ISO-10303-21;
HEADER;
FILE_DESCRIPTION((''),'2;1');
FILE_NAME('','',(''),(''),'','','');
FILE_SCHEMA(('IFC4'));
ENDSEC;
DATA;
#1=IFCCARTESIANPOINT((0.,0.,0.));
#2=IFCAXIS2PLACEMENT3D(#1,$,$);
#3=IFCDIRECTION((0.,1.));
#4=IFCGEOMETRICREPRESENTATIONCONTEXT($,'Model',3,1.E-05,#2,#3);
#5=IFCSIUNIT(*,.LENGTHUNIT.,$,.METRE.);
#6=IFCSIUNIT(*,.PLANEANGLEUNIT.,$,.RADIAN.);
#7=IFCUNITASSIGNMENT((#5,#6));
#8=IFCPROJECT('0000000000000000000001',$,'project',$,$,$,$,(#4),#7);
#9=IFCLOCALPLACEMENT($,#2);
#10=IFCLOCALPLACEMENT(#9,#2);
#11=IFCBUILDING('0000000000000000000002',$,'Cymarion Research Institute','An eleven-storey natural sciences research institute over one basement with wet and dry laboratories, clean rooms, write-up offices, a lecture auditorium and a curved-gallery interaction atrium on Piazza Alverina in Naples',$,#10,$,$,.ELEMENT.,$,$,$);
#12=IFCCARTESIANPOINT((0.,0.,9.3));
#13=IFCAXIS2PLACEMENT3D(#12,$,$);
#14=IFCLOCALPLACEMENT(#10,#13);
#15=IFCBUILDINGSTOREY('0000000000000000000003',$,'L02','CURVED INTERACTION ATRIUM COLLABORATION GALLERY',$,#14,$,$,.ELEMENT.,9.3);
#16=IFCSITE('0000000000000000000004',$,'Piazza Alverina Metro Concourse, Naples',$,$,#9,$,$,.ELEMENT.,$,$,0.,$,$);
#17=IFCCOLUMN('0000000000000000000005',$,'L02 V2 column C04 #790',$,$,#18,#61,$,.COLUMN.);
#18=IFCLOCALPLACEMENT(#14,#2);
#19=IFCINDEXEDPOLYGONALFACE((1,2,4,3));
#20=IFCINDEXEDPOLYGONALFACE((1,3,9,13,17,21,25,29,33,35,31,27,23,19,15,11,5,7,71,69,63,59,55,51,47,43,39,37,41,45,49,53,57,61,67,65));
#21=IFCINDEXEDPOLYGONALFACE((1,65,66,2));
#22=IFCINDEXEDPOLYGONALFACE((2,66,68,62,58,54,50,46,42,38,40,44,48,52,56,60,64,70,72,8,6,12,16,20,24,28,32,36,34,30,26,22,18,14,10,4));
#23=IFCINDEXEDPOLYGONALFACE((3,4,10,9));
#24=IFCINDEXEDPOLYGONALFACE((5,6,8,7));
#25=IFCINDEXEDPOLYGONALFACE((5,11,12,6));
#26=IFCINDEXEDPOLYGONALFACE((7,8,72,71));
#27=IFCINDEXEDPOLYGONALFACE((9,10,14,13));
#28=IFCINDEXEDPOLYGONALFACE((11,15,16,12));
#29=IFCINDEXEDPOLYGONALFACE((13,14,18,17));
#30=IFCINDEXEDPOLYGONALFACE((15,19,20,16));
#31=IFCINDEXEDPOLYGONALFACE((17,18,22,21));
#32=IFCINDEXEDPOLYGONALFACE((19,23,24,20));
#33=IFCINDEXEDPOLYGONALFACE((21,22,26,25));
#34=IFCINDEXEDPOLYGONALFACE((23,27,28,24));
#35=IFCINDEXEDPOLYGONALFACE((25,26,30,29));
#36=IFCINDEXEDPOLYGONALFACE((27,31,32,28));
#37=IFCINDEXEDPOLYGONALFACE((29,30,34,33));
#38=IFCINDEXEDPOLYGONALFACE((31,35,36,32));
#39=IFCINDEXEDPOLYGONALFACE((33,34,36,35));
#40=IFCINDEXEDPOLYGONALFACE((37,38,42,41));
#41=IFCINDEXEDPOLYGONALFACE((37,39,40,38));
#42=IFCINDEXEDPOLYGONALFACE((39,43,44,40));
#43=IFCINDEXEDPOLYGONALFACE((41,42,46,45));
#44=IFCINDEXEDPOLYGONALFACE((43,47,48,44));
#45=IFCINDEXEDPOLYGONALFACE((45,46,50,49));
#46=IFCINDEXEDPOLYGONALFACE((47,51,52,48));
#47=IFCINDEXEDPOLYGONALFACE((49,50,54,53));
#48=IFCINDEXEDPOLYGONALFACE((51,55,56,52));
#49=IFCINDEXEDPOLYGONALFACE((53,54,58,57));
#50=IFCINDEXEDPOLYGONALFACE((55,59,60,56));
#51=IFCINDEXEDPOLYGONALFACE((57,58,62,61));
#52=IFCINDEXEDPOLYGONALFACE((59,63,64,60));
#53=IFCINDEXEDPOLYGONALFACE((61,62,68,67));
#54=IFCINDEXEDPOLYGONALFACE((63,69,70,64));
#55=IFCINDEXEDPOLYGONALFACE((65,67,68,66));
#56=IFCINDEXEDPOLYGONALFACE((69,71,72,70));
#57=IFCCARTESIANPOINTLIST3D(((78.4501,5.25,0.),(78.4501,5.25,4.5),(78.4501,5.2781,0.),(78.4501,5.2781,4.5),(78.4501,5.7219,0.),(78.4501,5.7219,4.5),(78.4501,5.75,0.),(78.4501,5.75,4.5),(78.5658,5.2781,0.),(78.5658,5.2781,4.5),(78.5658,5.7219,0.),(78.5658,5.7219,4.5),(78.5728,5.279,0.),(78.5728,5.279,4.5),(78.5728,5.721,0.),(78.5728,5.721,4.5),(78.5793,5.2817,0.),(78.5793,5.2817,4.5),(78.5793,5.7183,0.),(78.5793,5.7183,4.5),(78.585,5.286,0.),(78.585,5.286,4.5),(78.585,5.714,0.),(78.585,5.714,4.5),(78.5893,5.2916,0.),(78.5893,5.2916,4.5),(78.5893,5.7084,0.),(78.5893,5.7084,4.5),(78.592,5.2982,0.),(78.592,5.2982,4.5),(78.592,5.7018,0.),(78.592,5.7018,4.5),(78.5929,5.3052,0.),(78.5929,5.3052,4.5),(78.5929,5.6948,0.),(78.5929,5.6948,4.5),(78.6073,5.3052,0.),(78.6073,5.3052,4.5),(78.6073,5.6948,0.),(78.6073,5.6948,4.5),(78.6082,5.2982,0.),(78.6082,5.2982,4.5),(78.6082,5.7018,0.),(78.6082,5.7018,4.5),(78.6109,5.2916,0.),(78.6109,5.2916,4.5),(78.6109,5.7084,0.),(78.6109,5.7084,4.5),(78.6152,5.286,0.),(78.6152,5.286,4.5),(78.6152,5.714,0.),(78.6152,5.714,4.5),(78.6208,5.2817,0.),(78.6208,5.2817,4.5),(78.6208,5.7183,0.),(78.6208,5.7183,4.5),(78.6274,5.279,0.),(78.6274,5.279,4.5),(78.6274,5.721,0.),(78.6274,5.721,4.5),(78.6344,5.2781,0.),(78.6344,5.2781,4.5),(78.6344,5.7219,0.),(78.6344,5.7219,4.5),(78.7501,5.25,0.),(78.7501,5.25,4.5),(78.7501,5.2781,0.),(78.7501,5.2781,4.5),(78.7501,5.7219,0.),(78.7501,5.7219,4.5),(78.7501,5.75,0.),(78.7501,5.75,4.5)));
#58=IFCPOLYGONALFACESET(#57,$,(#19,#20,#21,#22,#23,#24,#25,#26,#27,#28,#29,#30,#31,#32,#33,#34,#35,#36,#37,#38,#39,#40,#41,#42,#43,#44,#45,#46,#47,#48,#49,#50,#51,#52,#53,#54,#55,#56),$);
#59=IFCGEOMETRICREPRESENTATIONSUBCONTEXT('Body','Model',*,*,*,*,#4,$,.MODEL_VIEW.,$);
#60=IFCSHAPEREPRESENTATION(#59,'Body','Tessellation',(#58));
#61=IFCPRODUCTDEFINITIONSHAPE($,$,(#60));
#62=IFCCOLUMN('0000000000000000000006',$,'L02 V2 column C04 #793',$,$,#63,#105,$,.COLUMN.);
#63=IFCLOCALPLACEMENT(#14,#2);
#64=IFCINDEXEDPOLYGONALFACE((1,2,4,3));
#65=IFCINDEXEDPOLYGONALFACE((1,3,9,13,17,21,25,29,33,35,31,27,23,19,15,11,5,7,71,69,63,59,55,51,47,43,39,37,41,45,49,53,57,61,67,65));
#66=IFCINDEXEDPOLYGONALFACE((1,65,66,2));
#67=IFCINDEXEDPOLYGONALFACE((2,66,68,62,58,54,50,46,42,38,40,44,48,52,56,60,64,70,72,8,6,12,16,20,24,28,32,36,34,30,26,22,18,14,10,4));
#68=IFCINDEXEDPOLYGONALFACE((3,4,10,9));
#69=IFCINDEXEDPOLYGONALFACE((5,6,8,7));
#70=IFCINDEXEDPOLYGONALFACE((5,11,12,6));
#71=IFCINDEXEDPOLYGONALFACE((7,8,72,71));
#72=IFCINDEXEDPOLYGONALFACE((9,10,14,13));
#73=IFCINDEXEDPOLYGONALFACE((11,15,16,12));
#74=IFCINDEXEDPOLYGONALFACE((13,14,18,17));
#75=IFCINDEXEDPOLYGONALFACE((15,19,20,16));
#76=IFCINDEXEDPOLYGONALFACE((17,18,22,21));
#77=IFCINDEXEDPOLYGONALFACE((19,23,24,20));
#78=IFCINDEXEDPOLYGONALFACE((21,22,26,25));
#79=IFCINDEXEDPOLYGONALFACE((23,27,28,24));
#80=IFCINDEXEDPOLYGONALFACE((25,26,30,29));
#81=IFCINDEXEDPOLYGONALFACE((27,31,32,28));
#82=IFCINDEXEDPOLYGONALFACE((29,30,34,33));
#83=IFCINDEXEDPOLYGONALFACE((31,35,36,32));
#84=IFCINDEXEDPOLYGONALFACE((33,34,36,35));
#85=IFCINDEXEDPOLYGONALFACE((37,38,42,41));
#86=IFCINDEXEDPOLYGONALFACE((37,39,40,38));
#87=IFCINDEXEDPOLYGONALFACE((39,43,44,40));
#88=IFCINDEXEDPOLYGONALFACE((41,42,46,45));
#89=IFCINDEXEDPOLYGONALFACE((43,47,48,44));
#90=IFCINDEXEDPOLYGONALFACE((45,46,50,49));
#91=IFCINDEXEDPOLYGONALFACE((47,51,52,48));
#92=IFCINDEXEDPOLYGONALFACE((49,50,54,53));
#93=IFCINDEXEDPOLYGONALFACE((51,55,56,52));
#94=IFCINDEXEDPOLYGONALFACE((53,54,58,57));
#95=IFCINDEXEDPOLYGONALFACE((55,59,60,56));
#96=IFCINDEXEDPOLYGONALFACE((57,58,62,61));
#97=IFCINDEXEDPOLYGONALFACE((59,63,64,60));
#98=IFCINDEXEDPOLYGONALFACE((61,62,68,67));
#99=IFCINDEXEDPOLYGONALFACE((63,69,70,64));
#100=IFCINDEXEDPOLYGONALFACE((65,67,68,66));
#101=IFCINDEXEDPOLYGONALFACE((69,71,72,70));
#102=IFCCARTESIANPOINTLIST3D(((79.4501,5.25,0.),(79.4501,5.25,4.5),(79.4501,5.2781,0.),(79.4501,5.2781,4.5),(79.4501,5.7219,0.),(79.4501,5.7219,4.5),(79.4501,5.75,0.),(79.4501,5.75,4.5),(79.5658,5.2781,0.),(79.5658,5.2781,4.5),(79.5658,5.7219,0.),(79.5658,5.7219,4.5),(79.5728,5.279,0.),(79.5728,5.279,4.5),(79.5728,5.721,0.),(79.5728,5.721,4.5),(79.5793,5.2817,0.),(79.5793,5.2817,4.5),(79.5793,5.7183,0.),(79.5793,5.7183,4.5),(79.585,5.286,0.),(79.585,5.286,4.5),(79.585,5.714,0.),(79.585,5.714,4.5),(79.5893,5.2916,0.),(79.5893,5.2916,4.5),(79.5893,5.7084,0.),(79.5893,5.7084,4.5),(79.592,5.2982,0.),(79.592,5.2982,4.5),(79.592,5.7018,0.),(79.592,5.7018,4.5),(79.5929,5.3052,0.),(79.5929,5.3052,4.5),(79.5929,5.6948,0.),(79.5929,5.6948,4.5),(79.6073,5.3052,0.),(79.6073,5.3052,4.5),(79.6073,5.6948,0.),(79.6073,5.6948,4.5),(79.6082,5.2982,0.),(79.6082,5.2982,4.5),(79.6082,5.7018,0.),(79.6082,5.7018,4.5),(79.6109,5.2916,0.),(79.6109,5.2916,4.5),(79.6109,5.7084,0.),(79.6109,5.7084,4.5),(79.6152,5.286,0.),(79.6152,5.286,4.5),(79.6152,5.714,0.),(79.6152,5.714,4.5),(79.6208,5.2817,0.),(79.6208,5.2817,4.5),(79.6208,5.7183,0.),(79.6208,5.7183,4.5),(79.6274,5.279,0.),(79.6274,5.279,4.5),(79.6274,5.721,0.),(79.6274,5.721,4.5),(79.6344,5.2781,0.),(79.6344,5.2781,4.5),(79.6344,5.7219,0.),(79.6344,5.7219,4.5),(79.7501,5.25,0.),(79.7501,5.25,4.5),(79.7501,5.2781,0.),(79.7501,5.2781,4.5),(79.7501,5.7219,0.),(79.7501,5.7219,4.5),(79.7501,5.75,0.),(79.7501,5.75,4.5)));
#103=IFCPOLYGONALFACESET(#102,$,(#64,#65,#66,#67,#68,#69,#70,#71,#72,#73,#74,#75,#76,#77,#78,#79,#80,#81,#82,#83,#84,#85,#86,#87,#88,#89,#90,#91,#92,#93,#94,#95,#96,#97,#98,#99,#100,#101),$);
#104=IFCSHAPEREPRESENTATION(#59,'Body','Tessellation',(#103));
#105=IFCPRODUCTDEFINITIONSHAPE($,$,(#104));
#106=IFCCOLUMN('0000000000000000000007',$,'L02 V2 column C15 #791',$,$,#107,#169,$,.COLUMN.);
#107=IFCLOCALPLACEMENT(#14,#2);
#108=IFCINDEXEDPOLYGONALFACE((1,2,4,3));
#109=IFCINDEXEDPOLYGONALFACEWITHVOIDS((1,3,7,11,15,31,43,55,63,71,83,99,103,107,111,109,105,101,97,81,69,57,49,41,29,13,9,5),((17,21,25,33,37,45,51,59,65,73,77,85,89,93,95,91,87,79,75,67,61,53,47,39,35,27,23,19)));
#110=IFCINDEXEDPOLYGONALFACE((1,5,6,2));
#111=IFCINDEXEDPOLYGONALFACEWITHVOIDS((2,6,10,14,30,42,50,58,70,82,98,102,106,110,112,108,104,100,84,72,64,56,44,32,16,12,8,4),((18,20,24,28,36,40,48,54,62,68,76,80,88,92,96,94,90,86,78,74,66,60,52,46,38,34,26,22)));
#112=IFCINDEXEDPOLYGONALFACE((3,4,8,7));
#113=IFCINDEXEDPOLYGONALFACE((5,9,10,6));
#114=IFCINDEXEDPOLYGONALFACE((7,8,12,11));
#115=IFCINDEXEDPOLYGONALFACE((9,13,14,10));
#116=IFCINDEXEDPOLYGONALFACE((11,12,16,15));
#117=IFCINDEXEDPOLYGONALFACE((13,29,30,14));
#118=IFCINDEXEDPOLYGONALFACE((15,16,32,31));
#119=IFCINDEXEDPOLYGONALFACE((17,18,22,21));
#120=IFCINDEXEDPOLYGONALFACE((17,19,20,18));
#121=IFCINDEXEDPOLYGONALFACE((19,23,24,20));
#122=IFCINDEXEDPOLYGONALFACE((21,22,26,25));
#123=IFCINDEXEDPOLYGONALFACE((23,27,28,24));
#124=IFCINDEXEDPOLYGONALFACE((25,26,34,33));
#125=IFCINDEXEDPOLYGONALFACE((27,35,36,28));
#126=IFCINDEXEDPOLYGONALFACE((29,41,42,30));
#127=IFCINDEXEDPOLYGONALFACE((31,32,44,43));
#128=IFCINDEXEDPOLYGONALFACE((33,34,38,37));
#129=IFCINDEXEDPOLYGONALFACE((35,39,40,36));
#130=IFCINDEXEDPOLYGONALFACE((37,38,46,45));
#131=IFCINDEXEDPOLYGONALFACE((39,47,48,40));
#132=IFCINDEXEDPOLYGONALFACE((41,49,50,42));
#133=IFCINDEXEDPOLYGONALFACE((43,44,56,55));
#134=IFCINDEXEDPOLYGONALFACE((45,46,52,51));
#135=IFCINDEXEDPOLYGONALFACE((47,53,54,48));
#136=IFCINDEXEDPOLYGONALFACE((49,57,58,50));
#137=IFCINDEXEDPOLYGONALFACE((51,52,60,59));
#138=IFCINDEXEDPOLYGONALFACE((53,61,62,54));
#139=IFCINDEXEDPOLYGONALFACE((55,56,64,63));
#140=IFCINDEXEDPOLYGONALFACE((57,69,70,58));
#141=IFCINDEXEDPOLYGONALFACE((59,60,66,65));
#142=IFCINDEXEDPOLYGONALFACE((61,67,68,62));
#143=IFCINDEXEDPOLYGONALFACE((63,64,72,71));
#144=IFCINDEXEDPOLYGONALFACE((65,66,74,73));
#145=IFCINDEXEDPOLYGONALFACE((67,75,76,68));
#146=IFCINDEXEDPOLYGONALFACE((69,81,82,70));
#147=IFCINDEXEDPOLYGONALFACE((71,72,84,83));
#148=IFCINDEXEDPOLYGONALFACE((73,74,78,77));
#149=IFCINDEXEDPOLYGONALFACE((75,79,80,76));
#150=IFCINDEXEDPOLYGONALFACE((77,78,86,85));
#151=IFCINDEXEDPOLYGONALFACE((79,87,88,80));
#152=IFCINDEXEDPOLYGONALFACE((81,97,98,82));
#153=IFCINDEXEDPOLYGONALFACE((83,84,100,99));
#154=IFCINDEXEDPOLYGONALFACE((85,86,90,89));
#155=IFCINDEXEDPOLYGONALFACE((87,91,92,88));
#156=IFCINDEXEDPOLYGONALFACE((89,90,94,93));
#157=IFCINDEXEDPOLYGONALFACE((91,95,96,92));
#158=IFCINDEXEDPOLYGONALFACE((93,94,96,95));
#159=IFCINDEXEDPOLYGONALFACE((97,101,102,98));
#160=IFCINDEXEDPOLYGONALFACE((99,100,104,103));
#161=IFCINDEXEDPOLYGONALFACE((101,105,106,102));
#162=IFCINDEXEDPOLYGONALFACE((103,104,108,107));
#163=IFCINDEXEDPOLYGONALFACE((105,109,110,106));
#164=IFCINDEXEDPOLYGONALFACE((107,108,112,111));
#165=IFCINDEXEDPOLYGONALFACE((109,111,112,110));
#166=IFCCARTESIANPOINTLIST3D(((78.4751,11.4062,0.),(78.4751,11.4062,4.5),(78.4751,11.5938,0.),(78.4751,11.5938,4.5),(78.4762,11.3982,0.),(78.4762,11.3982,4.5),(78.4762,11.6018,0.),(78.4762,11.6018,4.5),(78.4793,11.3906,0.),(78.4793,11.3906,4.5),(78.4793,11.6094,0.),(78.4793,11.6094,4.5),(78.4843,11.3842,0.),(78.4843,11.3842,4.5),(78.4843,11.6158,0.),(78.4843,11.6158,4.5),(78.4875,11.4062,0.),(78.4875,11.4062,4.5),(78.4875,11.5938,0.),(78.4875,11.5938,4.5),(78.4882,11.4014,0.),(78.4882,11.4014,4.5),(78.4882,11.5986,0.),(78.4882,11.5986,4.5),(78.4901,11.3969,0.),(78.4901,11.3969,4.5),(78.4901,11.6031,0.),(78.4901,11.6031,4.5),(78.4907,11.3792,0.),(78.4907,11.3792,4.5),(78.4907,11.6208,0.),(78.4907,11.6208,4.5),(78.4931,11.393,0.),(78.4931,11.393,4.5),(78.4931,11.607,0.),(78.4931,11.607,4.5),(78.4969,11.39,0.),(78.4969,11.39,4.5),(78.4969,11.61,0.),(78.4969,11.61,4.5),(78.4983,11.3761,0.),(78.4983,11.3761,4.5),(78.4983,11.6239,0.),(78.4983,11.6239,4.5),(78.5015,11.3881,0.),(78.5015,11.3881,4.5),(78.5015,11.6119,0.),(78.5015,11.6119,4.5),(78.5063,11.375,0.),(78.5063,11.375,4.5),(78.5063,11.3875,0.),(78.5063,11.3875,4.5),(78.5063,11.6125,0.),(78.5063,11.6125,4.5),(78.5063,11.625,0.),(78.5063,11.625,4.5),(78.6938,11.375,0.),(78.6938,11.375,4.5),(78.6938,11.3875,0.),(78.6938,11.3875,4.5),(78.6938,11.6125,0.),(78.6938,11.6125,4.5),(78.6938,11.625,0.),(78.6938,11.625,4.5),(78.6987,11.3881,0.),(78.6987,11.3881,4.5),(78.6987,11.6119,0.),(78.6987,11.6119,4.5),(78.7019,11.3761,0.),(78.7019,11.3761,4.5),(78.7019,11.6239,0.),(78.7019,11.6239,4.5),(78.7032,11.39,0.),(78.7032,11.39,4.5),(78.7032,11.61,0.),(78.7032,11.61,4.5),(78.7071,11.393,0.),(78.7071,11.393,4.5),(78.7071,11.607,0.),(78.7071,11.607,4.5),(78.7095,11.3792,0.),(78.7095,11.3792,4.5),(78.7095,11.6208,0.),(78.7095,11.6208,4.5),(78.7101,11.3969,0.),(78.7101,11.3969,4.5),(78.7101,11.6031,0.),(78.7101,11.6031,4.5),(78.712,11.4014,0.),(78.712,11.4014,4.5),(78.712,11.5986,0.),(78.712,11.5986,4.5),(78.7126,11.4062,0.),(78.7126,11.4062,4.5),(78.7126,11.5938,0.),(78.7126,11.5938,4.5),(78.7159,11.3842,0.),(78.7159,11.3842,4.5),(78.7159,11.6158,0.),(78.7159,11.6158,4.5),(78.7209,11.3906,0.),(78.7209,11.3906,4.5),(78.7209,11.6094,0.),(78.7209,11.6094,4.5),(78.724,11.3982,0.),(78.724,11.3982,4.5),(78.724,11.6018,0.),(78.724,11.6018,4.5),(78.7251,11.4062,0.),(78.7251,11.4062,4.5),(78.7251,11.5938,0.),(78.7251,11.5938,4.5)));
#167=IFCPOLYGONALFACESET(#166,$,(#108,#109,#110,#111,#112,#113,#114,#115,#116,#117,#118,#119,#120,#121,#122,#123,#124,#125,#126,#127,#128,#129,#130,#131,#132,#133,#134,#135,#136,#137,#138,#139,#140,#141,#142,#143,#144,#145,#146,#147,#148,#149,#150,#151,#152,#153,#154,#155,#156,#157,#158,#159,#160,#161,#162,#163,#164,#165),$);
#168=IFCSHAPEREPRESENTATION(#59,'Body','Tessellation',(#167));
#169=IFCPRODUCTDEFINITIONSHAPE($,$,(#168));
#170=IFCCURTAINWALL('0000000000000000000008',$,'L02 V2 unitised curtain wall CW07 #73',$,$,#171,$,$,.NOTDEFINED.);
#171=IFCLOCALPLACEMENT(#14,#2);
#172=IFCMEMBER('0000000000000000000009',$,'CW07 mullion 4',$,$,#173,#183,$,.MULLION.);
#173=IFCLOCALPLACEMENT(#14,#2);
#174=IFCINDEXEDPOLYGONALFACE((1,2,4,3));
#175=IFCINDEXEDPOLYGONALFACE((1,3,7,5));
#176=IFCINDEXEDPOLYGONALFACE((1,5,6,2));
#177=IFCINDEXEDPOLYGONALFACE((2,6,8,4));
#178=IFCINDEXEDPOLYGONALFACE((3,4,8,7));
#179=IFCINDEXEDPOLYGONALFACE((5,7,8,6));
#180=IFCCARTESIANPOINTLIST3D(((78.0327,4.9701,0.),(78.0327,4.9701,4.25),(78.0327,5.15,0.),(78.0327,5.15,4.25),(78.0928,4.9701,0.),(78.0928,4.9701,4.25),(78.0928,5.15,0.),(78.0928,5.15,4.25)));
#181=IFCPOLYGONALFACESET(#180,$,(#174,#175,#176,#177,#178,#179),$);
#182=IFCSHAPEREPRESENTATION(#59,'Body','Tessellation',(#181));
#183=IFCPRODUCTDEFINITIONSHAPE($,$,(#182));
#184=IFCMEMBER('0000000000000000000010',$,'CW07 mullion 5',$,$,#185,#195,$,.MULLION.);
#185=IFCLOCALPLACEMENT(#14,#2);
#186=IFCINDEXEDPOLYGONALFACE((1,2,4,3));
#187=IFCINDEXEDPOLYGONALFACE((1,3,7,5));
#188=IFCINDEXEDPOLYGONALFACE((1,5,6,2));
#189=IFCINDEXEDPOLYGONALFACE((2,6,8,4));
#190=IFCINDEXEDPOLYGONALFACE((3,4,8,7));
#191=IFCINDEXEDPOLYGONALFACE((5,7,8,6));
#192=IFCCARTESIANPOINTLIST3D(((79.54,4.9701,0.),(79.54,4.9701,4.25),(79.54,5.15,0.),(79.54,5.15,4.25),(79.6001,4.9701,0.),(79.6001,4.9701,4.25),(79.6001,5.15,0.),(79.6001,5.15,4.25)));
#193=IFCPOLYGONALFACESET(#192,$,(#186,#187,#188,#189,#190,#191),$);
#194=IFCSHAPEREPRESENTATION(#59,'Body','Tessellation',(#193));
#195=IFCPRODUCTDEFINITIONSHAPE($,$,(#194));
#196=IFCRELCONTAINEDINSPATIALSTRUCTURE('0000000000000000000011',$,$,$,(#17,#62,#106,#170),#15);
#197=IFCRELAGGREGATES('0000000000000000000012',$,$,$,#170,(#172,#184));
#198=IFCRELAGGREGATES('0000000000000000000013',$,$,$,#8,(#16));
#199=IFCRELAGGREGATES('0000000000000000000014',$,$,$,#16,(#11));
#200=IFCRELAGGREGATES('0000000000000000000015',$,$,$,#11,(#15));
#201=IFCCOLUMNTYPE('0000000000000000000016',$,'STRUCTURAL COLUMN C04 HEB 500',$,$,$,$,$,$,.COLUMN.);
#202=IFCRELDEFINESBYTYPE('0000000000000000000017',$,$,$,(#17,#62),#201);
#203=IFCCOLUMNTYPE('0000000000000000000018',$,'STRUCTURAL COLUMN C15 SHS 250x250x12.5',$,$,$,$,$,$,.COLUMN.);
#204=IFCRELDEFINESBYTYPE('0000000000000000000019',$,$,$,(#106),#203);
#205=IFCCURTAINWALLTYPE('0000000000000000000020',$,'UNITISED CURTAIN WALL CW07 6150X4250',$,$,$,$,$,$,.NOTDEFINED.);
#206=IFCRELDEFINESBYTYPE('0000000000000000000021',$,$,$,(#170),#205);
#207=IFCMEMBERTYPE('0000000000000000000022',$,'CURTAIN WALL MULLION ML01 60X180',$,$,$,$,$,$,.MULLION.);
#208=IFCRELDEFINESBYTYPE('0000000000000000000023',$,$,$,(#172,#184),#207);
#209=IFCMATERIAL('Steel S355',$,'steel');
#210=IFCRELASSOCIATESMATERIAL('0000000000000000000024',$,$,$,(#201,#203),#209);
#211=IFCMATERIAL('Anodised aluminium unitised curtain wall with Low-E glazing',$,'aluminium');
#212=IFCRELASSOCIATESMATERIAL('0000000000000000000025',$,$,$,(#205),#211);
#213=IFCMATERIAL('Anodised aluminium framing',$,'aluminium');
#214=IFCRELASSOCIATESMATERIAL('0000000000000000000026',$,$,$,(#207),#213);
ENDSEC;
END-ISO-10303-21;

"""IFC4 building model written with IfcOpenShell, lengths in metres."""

from ifc_helpers import new_model, si_unit, direction, frame, origin, origin_2d, place, context, subcontext, project, spatial, rectangle, hollow_rectangle, i_section, extrude, material, material_profile, profile_set, type_object, element, aggregate, save


model = new_model("IFC4")

# Units and contexts
model_context = context("Model", 3, precision=1e-05, world=origin(), true_north=direction((0.0, 1.0)))
body_context = subcontext(model_context, "Body", "Model", "MODEL_VIEW")
ifc_project = project(units=[si_unit("LENGTHUNIT", "METRE"), si_unit("PLANEANGLEUNIT", "RADIAN")], contexts=[model_context])

# Site, building, storey
site_placement = place(None, origin())
site = spatial("IfcSite", under=ifc_project, at=site_placement, Name="Piazza Alverina Metro Concourse, Naples", CompositionType="ELEMENT", RefElevation=0.0)
building_placement = place(site_placement, origin())
building = spatial("IfcBuilding", under=site, at=building_placement, Name="Cymarion Research Institute", Description="An eleven-storey natural sciences research institute over one basement with wet and dry laboratories, clean rooms, write-up offices, a lecture auditorium and a curved-gallery interaction atrium on Piazza Alverina in Naples", CompositionType="ELEMENT")
storey_placement = place(building_placement, frame((0.0, 0.0, 9.3)))
storey = spatial("IfcBuildingStorey", under=building, at=storey_placement, Name="L02", Description="CURVED INTERACTION ATRIUM COLLABORATION GALLERY", CompositionType="ELEMENT", Elevation=9.3)

# Columns
ifc_material_1 = material(Name="Steel S355", Category="steel")
ifc_material_profile_1 = material_profile(ifc_material_1, i_section(OverallWidth=0.3, OverallDepth=0.5, WebThickness=0.0144, FlangeThickness=0.0281, FilletRadius=0.0271, at=origin_2d()), Name="HEB 500")
ifc_profile_set_1 = profile_set([ifc_material_profile_1], Name="Steel S355")
column_type_1 = type_object("IfcColumnType", Name="STRUCTURAL COLUMN C04 HEB 500", PredefinedType="COLUMN", material=ifc_profile_set_1)
for number, where, z_axis, x_axis, name in (
    (1, (78.6001, 5.5, 0.0), (0.0, 0.0, 1.0), (1.0, 0.0, 0.0), "L02 V2 column C04 #790"),
    (2, (79.6001, 5.5, 0.0), (0.0, 0.0, 1.0), (1.0, 0.0, 0.0), "L02 V2 column C04 #793"),
):
    element("IfcColumn", number, at=place(storey_placement, frame(where, z_axis=z_axis, x_axis=x_axis)), inside=storey, type_object=column_type_1, Name=name, PredefinedType="COLUMN", context=body_context, shape_type="SweptSolid", body=[
        extrude(i_section(OverallWidth=0.3, OverallDepth=0.5, WebThickness=0.0144, FlangeThickness=0.0281, FilletRadius=0.0271, at=origin_2d()), origin(), (0.0, 0.0, 1.0), 4.5),
    ])
ifc_material_profile_2 = material_profile(ifc_material_1, hollow_rectangle(XDim=0.25, YDim=0.25, WallThickness=0.0125, InnerFilletRadius=0.0188, OuterFilletRadius=0.0312, at=origin_2d()), Name="SHS 250x250x12.5")
ifc_profile_set_2 = profile_set([ifc_material_profile_2], Name="Steel S355")
column_type_2 = type_object("IfcColumnType", Name="STRUCTURAL COLUMN C15 SHS 250x250x12.5", PredefinedType="COLUMN", material=ifc_profile_set_2)
column_placement = place(storey_placement, frame((78.6001, 11.5, 0.0), z_axis=(0.0, 0.0, 1.0), x_axis=(1.0, 0.0, 0.0)))
element("IfcColumn", 3, at=column_placement, inside=storey, type_object=column_type_2, Name="L02 V2 column C15 #791", PredefinedType="COLUMN", context=body_context, shape_type="SweptSolid", body=[
    extrude(hollow_rectangle(XDim=0.25, YDim=0.25, WallThickness=0.0125, InnerFilletRadius=0.0188, OuterFilletRadius=0.0312, at=origin_2d()), origin(), (0.0, 0.0, 1.0), 4.5),
])

# Curtain wall, members
ifc_material_2 = material(Name="Anodised aluminium unitised curtain wall with Low-E glazing", Category="aluminium")
curtain_wall_type = type_object("IfcCurtainWallType", Name="UNITISED CURTAIN WALL CW07 6150X4250", PredefinedType="NOTDEFINED", material=ifc_material_2)
curtain_wall_1_placement = place(storey_placement, origin())
curtain_wall_1 = element("IfcCurtainWall", 4, at=curtain_wall_1_placement, inside=storey, type_object=curtain_wall_type, Name="L02 V2 unitised curtain wall CW07 #73", PredefinedType="NOTDEFINED")
ifc_material_3 = material(Name="Anodised aluminium framing", Category="aluminium")
ifc_material_profile_3 = material_profile(ifc_material_3, rectangle(XDim=0.0601, YDim=0.1799, at=origin_2d()), Name="ALU MULLION 60x180")
ifc_profile_set_3 = profile_set([ifc_material_profile_3], Name="Anodised aluminium framing")
member_type_1 = type_object("IfcMemberType", Name="CURTAIN WALL MULLION ML01 60X180", PredefinedType="MULLION", material=ifc_profile_set_3)
member_1_placement = place(storey_placement, frame((78.0627, 5.0601, 0.0), z_axis=(0.0, 0.0, 1.0), x_axis=(1.0, 0.0, 0.0)))
member_1 = element("IfcMember", 5, at=member_1_placement, type_object=member_type_1, Name="CW07 mullion 4", PredefinedType="MULLION", context=body_context, shape_type="SweptSolid", body=[
    extrude(rectangle(XDim=0.0601, YDim=0.1799, at=origin_2d()), origin(), (0.0, 0.0, 1.0), 4.25),
])
member_2_placement = place(storey_placement, frame((79.5701, 5.0601, 0.0), z_axis=(0.0, 0.0, 1.0), x_axis=(1.0, 0.0, 0.0)))
member_2 = element("IfcMember", 6, at=member_2_placement, type_object=member_type_1, Name="CW07 mullion 5", PredefinedType="MULLION", context=body_context, shape_type="SweptSolid", body=[
    extrude(rectangle(XDim=0.0601, YDim=0.1799, at=origin_2d()), origin(), (0.0, 0.0, 1.0), 4.25),
])

aggregate(curtain_wall_1, [member_1, member_2])

save(model, "model.ifc")
